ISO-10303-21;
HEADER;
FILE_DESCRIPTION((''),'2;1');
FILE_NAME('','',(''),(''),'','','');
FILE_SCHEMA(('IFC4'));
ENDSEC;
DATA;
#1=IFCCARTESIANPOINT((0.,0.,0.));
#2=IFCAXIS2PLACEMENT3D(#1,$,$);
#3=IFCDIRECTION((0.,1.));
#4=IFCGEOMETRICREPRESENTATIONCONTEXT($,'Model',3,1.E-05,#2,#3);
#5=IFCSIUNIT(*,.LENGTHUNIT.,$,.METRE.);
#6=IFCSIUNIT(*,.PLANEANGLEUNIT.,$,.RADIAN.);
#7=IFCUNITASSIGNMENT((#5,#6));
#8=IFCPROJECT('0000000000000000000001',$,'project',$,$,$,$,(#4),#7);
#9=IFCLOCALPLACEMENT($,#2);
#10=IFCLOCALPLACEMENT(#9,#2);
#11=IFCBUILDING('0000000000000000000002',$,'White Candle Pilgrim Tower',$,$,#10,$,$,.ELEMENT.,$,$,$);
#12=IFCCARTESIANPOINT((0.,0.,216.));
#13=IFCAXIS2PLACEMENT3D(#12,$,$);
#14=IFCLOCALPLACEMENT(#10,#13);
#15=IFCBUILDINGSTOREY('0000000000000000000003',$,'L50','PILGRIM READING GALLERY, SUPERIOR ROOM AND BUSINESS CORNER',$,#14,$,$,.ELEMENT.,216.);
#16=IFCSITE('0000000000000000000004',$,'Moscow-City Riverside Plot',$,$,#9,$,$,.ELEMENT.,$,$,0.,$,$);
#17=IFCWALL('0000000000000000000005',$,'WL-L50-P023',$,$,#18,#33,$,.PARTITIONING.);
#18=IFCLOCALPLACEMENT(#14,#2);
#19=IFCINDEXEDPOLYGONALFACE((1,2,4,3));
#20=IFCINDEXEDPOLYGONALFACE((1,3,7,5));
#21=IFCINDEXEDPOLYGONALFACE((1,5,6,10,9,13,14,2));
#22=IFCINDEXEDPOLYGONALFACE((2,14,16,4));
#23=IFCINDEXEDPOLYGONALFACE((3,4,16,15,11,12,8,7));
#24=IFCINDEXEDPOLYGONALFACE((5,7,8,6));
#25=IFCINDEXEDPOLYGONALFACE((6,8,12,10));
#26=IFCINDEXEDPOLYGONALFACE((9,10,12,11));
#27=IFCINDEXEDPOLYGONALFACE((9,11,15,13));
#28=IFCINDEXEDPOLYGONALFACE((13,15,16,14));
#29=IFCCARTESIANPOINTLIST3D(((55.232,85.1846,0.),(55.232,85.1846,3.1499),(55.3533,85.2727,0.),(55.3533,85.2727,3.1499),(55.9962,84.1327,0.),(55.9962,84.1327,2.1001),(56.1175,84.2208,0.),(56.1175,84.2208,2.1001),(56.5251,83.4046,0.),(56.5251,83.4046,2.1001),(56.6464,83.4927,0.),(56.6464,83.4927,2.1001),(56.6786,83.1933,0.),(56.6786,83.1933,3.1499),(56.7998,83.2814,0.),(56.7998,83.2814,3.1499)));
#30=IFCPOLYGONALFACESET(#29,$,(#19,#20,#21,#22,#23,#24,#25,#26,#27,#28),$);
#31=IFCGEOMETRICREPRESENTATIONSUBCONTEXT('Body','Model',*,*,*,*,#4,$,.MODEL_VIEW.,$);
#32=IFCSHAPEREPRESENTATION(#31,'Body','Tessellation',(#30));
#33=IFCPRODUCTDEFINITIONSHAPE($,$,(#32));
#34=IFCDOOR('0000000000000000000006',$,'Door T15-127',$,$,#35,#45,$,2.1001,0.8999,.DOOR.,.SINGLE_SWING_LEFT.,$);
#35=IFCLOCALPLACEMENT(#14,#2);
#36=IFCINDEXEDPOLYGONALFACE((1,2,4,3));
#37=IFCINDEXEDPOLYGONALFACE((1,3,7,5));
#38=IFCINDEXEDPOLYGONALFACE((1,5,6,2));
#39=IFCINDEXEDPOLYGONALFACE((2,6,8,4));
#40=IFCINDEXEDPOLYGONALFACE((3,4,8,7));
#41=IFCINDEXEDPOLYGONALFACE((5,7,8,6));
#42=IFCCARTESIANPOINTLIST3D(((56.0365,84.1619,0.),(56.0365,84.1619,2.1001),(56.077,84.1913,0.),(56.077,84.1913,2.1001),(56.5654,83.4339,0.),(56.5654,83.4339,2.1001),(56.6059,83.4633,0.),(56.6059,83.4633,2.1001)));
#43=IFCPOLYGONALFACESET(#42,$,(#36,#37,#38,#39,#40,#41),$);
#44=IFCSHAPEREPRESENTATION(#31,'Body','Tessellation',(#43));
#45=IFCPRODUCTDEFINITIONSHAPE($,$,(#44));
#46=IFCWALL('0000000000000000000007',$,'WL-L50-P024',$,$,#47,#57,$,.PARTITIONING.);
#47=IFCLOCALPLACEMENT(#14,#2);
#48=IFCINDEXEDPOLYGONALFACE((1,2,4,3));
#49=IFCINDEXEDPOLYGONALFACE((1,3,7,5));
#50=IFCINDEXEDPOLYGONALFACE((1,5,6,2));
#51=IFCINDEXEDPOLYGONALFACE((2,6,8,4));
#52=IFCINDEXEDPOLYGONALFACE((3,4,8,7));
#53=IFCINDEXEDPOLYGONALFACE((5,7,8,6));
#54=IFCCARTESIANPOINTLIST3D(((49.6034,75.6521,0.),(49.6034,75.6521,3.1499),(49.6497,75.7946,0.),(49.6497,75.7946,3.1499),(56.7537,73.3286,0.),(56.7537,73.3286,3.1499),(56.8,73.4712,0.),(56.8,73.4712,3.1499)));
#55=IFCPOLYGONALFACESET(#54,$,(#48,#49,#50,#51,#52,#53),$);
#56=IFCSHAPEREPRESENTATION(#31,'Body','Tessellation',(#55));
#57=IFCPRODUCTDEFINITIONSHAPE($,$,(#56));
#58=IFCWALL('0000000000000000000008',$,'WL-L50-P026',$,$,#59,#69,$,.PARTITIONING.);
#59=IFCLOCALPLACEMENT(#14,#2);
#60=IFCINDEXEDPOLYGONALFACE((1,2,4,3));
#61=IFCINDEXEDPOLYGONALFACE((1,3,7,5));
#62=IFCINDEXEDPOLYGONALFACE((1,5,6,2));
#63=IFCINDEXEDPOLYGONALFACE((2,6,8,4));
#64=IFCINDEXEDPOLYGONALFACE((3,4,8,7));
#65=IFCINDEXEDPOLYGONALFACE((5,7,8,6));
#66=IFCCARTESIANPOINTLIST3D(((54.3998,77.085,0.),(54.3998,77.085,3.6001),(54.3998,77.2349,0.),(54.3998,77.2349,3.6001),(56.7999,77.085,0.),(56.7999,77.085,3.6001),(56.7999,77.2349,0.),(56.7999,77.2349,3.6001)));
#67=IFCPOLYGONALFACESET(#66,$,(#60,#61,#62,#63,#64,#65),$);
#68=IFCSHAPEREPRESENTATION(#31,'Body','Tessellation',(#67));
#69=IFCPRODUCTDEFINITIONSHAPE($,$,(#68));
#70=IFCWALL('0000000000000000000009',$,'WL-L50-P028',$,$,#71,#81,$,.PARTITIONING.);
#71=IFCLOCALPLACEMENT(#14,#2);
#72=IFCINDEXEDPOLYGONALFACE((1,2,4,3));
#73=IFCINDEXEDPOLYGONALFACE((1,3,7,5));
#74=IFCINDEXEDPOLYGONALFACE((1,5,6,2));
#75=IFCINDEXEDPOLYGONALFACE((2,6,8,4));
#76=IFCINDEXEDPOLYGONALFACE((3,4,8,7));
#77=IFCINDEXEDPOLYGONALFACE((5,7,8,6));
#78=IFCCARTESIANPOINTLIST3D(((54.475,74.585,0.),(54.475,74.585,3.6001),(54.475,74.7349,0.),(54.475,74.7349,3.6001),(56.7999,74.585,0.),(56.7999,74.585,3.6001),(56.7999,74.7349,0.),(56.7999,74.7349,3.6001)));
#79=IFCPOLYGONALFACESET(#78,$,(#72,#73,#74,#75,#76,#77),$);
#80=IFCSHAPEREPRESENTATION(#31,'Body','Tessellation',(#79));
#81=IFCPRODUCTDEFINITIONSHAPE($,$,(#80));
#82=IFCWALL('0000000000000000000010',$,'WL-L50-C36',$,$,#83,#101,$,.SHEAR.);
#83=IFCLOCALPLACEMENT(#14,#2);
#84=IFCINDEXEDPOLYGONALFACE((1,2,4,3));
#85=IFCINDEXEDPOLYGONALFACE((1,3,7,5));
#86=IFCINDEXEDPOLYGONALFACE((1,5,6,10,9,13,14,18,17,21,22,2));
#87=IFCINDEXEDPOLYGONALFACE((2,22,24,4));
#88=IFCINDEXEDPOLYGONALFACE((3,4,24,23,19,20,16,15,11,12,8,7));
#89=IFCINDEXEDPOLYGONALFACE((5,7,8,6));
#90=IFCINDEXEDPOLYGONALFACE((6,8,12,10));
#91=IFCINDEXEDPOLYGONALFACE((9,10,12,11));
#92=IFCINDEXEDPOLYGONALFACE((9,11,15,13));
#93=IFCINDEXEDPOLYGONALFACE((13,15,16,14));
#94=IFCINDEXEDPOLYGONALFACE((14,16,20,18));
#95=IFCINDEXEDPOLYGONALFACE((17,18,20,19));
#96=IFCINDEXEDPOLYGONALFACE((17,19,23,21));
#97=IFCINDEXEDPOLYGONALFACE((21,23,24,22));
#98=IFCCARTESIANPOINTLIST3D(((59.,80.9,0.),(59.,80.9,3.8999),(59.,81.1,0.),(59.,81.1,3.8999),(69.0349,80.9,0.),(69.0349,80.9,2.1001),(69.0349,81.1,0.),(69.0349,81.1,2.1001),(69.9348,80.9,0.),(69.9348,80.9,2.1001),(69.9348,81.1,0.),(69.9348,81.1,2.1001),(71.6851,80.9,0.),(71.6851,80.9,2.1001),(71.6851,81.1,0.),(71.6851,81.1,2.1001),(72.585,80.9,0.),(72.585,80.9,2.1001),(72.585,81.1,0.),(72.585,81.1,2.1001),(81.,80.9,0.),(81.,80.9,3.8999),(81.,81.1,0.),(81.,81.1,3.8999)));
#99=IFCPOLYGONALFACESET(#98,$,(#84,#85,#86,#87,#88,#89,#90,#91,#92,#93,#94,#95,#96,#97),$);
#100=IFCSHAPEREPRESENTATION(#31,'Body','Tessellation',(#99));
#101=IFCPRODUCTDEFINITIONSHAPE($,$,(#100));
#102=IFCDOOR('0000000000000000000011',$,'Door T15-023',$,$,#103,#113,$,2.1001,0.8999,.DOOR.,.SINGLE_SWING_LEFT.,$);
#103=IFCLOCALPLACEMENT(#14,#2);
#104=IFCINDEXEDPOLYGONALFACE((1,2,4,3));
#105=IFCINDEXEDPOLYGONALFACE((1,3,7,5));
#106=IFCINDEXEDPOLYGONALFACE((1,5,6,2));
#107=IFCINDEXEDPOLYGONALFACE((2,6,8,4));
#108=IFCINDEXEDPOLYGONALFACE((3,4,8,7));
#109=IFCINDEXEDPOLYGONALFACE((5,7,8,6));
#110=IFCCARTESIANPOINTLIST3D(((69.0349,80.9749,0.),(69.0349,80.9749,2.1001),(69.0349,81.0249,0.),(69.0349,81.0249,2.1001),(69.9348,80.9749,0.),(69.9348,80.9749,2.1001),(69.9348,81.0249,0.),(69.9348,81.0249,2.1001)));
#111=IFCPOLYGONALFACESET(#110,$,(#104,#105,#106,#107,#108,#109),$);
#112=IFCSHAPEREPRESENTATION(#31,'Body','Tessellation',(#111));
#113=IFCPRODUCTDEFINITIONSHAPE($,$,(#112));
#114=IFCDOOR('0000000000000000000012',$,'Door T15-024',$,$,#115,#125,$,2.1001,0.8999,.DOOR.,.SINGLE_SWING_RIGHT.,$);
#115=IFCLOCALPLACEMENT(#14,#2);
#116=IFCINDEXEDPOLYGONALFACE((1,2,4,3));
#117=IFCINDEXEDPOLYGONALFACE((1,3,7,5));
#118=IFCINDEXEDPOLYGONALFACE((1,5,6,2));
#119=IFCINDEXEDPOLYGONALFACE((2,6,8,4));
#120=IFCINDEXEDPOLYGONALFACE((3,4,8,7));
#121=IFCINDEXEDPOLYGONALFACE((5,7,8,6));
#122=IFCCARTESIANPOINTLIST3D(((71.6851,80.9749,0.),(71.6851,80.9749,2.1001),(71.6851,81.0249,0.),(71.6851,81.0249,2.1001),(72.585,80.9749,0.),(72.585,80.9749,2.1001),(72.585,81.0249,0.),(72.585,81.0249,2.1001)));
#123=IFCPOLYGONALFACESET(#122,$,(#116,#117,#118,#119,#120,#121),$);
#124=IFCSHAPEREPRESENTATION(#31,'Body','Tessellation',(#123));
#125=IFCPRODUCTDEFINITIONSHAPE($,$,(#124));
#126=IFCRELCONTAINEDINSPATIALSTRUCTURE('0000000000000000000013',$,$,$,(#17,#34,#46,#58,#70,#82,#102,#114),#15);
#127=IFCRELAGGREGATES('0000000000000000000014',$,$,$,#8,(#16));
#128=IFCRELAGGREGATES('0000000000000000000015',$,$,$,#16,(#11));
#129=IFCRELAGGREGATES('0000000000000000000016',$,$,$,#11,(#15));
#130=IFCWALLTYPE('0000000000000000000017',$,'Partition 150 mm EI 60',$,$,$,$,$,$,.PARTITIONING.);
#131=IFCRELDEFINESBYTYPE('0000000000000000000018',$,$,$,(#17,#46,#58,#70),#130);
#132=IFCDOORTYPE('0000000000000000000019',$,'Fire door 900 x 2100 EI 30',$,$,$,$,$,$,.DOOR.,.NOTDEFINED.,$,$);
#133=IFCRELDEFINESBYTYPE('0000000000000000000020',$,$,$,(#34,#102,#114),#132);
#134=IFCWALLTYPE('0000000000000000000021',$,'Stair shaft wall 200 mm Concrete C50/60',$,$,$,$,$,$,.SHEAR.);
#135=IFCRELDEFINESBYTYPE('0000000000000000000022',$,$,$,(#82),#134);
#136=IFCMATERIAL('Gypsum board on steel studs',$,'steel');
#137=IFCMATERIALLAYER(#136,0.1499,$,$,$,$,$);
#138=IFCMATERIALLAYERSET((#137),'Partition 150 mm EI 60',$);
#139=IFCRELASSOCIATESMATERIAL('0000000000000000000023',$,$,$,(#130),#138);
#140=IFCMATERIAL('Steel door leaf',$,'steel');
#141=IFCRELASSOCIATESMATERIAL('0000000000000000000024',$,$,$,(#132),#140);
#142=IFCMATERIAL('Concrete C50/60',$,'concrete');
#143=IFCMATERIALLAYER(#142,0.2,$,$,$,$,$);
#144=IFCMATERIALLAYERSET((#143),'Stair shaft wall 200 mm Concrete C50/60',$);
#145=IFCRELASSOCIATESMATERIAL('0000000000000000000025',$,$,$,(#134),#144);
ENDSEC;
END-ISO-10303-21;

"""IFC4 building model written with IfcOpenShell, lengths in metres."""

from ifc_helpers import new_model, si_unit, direction, frame, frame_2d, origin, place, context, subcontext, project, spatial, rectangle, extrude, material, layer, layer_set, type_object, element, fill, save


model = new_model("IFC4")

# Units and contexts
model_context = context("Model", 3, precision=1e-05, world=origin(), true_north=direction((0.0, 1.0)))
body_context = subcontext(model_context, "Body", "Model", "MODEL_VIEW")
ifc_project = project(units=[si_unit("LENGTHUNIT", "METRE"), si_unit("PLANEANGLEUNIT", "RADIAN")], contexts=[model_context])

# Site, building, storey
site_placement = place(None, origin())
site = spatial("IfcSite", under=ifc_project, at=site_placement, Name="Moscow-City Riverside Plot", CompositionType="ELEMENT", RefElevation=0.0)
building_placement = place(site_placement, origin())
building = spatial("IfcBuilding", under=site, at=building_placement, Name="White Candle Pilgrim Tower", CompositionType="ELEMENT")
storey_placement = place(building_placement, frame((0.0, 0.0, 216.0)))
storey = spatial("IfcBuildingStorey", under=building, at=storey_placement, Name="L50", Description="PILGRIM READING GALLERY, SUPERIOR ROOM AND BUSINESS CORNER", CompositionType="ELEMENT", Elevation=216.0)

# Shared definitions
ifc_material_1 = material(Name="Concrete C50/60", Category="concrete")

# Shared definitions
ifc_material_2 = material(Name="Gypsum board on steel studs", Category="steel")
ifc_layer_1 = layer(ifc_material_2, 0.1499)
ifc_layer_set_1 = layer_set([ifc_layer_1], Name="Partition 150 mm EI 60")
wall_type_1 = type_object("IfcWallType", Name="Partition 150 mm EI 60", PredefinedType="PARTITIONING", material=ifc_layer_set_1)

# Wall, opening, door
wall_1_placement = place(storey_placement, frame((55.2927, 85.2285, 0.0), z_axis=(0.0, 0.0, 1.0), x_axis=(0.587741, -0.809049, 0.0)))
wall_1 = element("IfcWall", 1, at=wall_1_placement, inside=storey, type_object=wall_type_1, Name="WL-L50-P023", PredefinedType="PARTITIONING", context=body_context, shape_type="SweptSolid", body=[
    extrude(rectangle(XDim=2.4612, YDim=0.1499, at=frame_2d((1.2305, 0.0))), origin(), (0.0, 0.0, 1.0), 3.1499),
])
opening_1_placement = place(wall_1_placement, frame((1.3, 0.0, 0.0)))
opening_1 = element("IfcOpeningElement", 2, at=opening_1_placement, cuts=wall_1, PredefinedType="OPENING", context=body_context, shape_type="SweptSolid", body=[
    extrude(rectangle(XDim=0.8999, YDim=2.1001, at=frame_2d((0.45, 1.05))), frame((0.0, 0.085, 0.0), z_axis=(0.0, -1.0, 0.0), x_axis=(1.0, 0.0, 0.0)), (0.0, 0.0, 1.0), 0.1699),
])
ifc_material_3 = material(Name="Steel door leaf", Category="steel")
door_type = type_object("IfcDoorType", Name="Fire door 900 x 2100 EI 30", OperationType="NOTDEFINED", PredefinedType="DOOR", material=ifc_material_3)
door_1_placement = place(opening_1_placement, origin())
door_1 = element("IfcDoor", 3, at=door_1_placement, inside=storey, type_object=door_type, Name="Door T15-127", OperationType="SINGLE_SWING_LEFT", OverallHeight=2.1001, OverallWidth=0.8999, PredefinedType="DOOR", context=body_context, shape_type="SweptSolid", body=[
    extrude(rectangle(XDim=0.8999, YDim=2.1001, at=frame_2d((0.45, 1.05))), frame((0.0, 0.0249, 0.0), z_axis=(0.0, -1.0, 0.0), x_axis=(1.0, 0.0, 0.0)), (0.0, 0.0, 1.0), 0.05),
])
fill(opening_1, door_1)

# Walls
wall_2_placement = place(storey_placement, frame((49.6265, 75.7234, 0.0), z_axis=(0.0, 0.0, 1.0), x_axis=(0.951049, -0.309039, 0.0)))
element("IfcWall", 4, at=wall_2_placement, inside=storey, type_object=wall_type_1, Name="WL-L50-P024", PredefinedType="PARTITIONING", context=body_context, shape_type="SweptSolid", body=[
    extrude(rectangle(XDim=7.5183, YDim=0.1499, at=frame_2d((3.7593, 0.0))), origin(), (0.0, 0.0, 1.0), 3.1499),
])
wall_3_placement = place(storey_placement, frame((56.8, 77.1599, 0.0), z_axis=(0.0, 0.0, 1.0), x_axis=(-1.0, 0.0, 0.0)))
element("IfcWall", 5, at=wall_3_placement, inside=storey, type_object=wall_type_1, Name="WL-L50-P026", PredefinedType="PARTITIONING", context=body_context, shape_type="SweptSolid", body=[
    extrude(rectangle(XDim=2.4001, YDim=0.1499, at=frame_2d((1.2002, 0.0))), origin(), (0.0, 0.0, 1.0), 3.6001),
])
wall_4_placement = place(storey_placement, frame((56.8, 74.6599, 0.0), z_axis=(0.0, 0.0, 1.0), x_axis=(-1.0, 0.0, 0.0)))
element("IfcWall", 6, at=wall_4_placement, inside=storey, type_object=wall_type_1, Name="WL-L50-P028", PredefinedType="PARTITIONING", context=body_context, shape_type="SweptSolid", body=[
    extrude(rectangle(XDim=2.325, YDim=0.1499, at=frame_2d((1.1626, 0.0))), origin(), (0.0, 0.0, 1.0), 3.6001),
])

# Wall, openings, doors
ifc_layer_2 = layer(ifc_material_1, 0.2)
ifc_layer_set_2 = layer_set([ifc_layer_2], Name="Stair shaft wall 200 mm Concrete C50/60")
wall_type_2 = type_object("IfcWallType", Name="Stair shaft wall 200 mm Concrete C50/60", PredefinedType="SHEAR", material=ifc_layer_set_2)
wall_5_placement = place(storey_placement, frame((59.0, 81.0, 0.0), z_axis=(0.0, 0.0, 1.0), x_axis=(1.0, 0.0, 0.0)))
wall_5 = element("IfcWall", 7, at=wall_5_placement, inside=storey, type_object=wall_type_2, Name="WL-L50-C36", PredefinedType="SHEAR", context=body_context, shape_type="SweptSolid", body=[
    extrude(rectangle(XDim=22.0, YDim=0.2, at=frame_2d((11.0, 0.0))), origin(), (0.0, 0.0, 1.0), 3.8999),
])
opening_2_placement = place(wall_5_placement, frame((10.0349, 0.0, 0.0)))
opening_2 = element("IfcOpeningElement", 8, at=opening_2_placement, cuts=wall_5, PredefinedType="OPENING", context=body_context, shape_type="SweptSolid", body=[
    extrude(rectangle(XDim=0.8999, YDim=2.1001, at=frame_2d((0.45, 1.05))), frame((0.0, 0.1099, 0.0), z_axis=(0.0, -1.0, 0.0), x_axis=(1.0, 0.0, 0.0)), (0.0, 0.0, 1.0), 0.22),
])
opening_3_placement = place(wall_5_placement, frame((12.6851, 0.0, 0.0)))
opening_3 = element("IfcOpeningElement", 9, at=opening_3_placement, cuts=wall_5, PredefinedType="OPENING", context=body_context, shape_type="SweptSolid", body=[
    extrude(rectangle(XDim=0.8999, YDim=2.1001, at=frame_2d((0.45, 1.05))), frame((0.0, 0.1099, 0.0), z_axis=(0.0, -1.0, 0.0), x_axis=(1.0, 0.0, 0.0)), (0.0, 0.0, 1.0), 0.22),
])
door_2_placement = place(opening_2_placement, origin())
door_2 = element("IfcDoor", 10, at=door_2_placement, inside=storey, type_object=door_type, Name="Door T15-023", OperationType="SINGLE_SWING_LEFT", OverallHeight=2.1001, OverallWidth=0.8999, PredefinedType="DOOR", context=body_context, shape_type="SweptSolid", body=[
    extrude(rectangle(XDim=0.8999, YDim=2.1001, at=frame_2d((0.45, 1.05))), frame((0.0, 0.0249, 0.0), z_axis=(0.0, -1.0, 0.0), x_axis=(1.0, 0.0, 0.0)), (0.0, 0.0, 1.0), 0.05),
])
fill(opening_2, door_2)
door_3_placement = place(opening_3_placement, origin())
door_3 = element("IfcDoor", 11, at=door_3_placement, inside=storey, type_object=door_type, Name="Door T15-024", OperationType="SINGLE_SWING_RIGHT", OverallHeight=2.1001, OverallWidth=0.8999, PredefinedType="DOOR", context=body_context, shape_type="SweptSolid", body=[
    extrude(rectangle(XDim=0.8999, YDim=2.1001, at=frame_2d((0.45, 1.05))), frame((0.0, 0.0249, 0.0), z_axis=(0.0, -1.0, 0.0), x_axis=(1.0, 0.0, 0.0)), (0.0, 0.0, 1.0), 0.05),
])
fill(opening_3, door_3)

save(model, "model.ifc")
